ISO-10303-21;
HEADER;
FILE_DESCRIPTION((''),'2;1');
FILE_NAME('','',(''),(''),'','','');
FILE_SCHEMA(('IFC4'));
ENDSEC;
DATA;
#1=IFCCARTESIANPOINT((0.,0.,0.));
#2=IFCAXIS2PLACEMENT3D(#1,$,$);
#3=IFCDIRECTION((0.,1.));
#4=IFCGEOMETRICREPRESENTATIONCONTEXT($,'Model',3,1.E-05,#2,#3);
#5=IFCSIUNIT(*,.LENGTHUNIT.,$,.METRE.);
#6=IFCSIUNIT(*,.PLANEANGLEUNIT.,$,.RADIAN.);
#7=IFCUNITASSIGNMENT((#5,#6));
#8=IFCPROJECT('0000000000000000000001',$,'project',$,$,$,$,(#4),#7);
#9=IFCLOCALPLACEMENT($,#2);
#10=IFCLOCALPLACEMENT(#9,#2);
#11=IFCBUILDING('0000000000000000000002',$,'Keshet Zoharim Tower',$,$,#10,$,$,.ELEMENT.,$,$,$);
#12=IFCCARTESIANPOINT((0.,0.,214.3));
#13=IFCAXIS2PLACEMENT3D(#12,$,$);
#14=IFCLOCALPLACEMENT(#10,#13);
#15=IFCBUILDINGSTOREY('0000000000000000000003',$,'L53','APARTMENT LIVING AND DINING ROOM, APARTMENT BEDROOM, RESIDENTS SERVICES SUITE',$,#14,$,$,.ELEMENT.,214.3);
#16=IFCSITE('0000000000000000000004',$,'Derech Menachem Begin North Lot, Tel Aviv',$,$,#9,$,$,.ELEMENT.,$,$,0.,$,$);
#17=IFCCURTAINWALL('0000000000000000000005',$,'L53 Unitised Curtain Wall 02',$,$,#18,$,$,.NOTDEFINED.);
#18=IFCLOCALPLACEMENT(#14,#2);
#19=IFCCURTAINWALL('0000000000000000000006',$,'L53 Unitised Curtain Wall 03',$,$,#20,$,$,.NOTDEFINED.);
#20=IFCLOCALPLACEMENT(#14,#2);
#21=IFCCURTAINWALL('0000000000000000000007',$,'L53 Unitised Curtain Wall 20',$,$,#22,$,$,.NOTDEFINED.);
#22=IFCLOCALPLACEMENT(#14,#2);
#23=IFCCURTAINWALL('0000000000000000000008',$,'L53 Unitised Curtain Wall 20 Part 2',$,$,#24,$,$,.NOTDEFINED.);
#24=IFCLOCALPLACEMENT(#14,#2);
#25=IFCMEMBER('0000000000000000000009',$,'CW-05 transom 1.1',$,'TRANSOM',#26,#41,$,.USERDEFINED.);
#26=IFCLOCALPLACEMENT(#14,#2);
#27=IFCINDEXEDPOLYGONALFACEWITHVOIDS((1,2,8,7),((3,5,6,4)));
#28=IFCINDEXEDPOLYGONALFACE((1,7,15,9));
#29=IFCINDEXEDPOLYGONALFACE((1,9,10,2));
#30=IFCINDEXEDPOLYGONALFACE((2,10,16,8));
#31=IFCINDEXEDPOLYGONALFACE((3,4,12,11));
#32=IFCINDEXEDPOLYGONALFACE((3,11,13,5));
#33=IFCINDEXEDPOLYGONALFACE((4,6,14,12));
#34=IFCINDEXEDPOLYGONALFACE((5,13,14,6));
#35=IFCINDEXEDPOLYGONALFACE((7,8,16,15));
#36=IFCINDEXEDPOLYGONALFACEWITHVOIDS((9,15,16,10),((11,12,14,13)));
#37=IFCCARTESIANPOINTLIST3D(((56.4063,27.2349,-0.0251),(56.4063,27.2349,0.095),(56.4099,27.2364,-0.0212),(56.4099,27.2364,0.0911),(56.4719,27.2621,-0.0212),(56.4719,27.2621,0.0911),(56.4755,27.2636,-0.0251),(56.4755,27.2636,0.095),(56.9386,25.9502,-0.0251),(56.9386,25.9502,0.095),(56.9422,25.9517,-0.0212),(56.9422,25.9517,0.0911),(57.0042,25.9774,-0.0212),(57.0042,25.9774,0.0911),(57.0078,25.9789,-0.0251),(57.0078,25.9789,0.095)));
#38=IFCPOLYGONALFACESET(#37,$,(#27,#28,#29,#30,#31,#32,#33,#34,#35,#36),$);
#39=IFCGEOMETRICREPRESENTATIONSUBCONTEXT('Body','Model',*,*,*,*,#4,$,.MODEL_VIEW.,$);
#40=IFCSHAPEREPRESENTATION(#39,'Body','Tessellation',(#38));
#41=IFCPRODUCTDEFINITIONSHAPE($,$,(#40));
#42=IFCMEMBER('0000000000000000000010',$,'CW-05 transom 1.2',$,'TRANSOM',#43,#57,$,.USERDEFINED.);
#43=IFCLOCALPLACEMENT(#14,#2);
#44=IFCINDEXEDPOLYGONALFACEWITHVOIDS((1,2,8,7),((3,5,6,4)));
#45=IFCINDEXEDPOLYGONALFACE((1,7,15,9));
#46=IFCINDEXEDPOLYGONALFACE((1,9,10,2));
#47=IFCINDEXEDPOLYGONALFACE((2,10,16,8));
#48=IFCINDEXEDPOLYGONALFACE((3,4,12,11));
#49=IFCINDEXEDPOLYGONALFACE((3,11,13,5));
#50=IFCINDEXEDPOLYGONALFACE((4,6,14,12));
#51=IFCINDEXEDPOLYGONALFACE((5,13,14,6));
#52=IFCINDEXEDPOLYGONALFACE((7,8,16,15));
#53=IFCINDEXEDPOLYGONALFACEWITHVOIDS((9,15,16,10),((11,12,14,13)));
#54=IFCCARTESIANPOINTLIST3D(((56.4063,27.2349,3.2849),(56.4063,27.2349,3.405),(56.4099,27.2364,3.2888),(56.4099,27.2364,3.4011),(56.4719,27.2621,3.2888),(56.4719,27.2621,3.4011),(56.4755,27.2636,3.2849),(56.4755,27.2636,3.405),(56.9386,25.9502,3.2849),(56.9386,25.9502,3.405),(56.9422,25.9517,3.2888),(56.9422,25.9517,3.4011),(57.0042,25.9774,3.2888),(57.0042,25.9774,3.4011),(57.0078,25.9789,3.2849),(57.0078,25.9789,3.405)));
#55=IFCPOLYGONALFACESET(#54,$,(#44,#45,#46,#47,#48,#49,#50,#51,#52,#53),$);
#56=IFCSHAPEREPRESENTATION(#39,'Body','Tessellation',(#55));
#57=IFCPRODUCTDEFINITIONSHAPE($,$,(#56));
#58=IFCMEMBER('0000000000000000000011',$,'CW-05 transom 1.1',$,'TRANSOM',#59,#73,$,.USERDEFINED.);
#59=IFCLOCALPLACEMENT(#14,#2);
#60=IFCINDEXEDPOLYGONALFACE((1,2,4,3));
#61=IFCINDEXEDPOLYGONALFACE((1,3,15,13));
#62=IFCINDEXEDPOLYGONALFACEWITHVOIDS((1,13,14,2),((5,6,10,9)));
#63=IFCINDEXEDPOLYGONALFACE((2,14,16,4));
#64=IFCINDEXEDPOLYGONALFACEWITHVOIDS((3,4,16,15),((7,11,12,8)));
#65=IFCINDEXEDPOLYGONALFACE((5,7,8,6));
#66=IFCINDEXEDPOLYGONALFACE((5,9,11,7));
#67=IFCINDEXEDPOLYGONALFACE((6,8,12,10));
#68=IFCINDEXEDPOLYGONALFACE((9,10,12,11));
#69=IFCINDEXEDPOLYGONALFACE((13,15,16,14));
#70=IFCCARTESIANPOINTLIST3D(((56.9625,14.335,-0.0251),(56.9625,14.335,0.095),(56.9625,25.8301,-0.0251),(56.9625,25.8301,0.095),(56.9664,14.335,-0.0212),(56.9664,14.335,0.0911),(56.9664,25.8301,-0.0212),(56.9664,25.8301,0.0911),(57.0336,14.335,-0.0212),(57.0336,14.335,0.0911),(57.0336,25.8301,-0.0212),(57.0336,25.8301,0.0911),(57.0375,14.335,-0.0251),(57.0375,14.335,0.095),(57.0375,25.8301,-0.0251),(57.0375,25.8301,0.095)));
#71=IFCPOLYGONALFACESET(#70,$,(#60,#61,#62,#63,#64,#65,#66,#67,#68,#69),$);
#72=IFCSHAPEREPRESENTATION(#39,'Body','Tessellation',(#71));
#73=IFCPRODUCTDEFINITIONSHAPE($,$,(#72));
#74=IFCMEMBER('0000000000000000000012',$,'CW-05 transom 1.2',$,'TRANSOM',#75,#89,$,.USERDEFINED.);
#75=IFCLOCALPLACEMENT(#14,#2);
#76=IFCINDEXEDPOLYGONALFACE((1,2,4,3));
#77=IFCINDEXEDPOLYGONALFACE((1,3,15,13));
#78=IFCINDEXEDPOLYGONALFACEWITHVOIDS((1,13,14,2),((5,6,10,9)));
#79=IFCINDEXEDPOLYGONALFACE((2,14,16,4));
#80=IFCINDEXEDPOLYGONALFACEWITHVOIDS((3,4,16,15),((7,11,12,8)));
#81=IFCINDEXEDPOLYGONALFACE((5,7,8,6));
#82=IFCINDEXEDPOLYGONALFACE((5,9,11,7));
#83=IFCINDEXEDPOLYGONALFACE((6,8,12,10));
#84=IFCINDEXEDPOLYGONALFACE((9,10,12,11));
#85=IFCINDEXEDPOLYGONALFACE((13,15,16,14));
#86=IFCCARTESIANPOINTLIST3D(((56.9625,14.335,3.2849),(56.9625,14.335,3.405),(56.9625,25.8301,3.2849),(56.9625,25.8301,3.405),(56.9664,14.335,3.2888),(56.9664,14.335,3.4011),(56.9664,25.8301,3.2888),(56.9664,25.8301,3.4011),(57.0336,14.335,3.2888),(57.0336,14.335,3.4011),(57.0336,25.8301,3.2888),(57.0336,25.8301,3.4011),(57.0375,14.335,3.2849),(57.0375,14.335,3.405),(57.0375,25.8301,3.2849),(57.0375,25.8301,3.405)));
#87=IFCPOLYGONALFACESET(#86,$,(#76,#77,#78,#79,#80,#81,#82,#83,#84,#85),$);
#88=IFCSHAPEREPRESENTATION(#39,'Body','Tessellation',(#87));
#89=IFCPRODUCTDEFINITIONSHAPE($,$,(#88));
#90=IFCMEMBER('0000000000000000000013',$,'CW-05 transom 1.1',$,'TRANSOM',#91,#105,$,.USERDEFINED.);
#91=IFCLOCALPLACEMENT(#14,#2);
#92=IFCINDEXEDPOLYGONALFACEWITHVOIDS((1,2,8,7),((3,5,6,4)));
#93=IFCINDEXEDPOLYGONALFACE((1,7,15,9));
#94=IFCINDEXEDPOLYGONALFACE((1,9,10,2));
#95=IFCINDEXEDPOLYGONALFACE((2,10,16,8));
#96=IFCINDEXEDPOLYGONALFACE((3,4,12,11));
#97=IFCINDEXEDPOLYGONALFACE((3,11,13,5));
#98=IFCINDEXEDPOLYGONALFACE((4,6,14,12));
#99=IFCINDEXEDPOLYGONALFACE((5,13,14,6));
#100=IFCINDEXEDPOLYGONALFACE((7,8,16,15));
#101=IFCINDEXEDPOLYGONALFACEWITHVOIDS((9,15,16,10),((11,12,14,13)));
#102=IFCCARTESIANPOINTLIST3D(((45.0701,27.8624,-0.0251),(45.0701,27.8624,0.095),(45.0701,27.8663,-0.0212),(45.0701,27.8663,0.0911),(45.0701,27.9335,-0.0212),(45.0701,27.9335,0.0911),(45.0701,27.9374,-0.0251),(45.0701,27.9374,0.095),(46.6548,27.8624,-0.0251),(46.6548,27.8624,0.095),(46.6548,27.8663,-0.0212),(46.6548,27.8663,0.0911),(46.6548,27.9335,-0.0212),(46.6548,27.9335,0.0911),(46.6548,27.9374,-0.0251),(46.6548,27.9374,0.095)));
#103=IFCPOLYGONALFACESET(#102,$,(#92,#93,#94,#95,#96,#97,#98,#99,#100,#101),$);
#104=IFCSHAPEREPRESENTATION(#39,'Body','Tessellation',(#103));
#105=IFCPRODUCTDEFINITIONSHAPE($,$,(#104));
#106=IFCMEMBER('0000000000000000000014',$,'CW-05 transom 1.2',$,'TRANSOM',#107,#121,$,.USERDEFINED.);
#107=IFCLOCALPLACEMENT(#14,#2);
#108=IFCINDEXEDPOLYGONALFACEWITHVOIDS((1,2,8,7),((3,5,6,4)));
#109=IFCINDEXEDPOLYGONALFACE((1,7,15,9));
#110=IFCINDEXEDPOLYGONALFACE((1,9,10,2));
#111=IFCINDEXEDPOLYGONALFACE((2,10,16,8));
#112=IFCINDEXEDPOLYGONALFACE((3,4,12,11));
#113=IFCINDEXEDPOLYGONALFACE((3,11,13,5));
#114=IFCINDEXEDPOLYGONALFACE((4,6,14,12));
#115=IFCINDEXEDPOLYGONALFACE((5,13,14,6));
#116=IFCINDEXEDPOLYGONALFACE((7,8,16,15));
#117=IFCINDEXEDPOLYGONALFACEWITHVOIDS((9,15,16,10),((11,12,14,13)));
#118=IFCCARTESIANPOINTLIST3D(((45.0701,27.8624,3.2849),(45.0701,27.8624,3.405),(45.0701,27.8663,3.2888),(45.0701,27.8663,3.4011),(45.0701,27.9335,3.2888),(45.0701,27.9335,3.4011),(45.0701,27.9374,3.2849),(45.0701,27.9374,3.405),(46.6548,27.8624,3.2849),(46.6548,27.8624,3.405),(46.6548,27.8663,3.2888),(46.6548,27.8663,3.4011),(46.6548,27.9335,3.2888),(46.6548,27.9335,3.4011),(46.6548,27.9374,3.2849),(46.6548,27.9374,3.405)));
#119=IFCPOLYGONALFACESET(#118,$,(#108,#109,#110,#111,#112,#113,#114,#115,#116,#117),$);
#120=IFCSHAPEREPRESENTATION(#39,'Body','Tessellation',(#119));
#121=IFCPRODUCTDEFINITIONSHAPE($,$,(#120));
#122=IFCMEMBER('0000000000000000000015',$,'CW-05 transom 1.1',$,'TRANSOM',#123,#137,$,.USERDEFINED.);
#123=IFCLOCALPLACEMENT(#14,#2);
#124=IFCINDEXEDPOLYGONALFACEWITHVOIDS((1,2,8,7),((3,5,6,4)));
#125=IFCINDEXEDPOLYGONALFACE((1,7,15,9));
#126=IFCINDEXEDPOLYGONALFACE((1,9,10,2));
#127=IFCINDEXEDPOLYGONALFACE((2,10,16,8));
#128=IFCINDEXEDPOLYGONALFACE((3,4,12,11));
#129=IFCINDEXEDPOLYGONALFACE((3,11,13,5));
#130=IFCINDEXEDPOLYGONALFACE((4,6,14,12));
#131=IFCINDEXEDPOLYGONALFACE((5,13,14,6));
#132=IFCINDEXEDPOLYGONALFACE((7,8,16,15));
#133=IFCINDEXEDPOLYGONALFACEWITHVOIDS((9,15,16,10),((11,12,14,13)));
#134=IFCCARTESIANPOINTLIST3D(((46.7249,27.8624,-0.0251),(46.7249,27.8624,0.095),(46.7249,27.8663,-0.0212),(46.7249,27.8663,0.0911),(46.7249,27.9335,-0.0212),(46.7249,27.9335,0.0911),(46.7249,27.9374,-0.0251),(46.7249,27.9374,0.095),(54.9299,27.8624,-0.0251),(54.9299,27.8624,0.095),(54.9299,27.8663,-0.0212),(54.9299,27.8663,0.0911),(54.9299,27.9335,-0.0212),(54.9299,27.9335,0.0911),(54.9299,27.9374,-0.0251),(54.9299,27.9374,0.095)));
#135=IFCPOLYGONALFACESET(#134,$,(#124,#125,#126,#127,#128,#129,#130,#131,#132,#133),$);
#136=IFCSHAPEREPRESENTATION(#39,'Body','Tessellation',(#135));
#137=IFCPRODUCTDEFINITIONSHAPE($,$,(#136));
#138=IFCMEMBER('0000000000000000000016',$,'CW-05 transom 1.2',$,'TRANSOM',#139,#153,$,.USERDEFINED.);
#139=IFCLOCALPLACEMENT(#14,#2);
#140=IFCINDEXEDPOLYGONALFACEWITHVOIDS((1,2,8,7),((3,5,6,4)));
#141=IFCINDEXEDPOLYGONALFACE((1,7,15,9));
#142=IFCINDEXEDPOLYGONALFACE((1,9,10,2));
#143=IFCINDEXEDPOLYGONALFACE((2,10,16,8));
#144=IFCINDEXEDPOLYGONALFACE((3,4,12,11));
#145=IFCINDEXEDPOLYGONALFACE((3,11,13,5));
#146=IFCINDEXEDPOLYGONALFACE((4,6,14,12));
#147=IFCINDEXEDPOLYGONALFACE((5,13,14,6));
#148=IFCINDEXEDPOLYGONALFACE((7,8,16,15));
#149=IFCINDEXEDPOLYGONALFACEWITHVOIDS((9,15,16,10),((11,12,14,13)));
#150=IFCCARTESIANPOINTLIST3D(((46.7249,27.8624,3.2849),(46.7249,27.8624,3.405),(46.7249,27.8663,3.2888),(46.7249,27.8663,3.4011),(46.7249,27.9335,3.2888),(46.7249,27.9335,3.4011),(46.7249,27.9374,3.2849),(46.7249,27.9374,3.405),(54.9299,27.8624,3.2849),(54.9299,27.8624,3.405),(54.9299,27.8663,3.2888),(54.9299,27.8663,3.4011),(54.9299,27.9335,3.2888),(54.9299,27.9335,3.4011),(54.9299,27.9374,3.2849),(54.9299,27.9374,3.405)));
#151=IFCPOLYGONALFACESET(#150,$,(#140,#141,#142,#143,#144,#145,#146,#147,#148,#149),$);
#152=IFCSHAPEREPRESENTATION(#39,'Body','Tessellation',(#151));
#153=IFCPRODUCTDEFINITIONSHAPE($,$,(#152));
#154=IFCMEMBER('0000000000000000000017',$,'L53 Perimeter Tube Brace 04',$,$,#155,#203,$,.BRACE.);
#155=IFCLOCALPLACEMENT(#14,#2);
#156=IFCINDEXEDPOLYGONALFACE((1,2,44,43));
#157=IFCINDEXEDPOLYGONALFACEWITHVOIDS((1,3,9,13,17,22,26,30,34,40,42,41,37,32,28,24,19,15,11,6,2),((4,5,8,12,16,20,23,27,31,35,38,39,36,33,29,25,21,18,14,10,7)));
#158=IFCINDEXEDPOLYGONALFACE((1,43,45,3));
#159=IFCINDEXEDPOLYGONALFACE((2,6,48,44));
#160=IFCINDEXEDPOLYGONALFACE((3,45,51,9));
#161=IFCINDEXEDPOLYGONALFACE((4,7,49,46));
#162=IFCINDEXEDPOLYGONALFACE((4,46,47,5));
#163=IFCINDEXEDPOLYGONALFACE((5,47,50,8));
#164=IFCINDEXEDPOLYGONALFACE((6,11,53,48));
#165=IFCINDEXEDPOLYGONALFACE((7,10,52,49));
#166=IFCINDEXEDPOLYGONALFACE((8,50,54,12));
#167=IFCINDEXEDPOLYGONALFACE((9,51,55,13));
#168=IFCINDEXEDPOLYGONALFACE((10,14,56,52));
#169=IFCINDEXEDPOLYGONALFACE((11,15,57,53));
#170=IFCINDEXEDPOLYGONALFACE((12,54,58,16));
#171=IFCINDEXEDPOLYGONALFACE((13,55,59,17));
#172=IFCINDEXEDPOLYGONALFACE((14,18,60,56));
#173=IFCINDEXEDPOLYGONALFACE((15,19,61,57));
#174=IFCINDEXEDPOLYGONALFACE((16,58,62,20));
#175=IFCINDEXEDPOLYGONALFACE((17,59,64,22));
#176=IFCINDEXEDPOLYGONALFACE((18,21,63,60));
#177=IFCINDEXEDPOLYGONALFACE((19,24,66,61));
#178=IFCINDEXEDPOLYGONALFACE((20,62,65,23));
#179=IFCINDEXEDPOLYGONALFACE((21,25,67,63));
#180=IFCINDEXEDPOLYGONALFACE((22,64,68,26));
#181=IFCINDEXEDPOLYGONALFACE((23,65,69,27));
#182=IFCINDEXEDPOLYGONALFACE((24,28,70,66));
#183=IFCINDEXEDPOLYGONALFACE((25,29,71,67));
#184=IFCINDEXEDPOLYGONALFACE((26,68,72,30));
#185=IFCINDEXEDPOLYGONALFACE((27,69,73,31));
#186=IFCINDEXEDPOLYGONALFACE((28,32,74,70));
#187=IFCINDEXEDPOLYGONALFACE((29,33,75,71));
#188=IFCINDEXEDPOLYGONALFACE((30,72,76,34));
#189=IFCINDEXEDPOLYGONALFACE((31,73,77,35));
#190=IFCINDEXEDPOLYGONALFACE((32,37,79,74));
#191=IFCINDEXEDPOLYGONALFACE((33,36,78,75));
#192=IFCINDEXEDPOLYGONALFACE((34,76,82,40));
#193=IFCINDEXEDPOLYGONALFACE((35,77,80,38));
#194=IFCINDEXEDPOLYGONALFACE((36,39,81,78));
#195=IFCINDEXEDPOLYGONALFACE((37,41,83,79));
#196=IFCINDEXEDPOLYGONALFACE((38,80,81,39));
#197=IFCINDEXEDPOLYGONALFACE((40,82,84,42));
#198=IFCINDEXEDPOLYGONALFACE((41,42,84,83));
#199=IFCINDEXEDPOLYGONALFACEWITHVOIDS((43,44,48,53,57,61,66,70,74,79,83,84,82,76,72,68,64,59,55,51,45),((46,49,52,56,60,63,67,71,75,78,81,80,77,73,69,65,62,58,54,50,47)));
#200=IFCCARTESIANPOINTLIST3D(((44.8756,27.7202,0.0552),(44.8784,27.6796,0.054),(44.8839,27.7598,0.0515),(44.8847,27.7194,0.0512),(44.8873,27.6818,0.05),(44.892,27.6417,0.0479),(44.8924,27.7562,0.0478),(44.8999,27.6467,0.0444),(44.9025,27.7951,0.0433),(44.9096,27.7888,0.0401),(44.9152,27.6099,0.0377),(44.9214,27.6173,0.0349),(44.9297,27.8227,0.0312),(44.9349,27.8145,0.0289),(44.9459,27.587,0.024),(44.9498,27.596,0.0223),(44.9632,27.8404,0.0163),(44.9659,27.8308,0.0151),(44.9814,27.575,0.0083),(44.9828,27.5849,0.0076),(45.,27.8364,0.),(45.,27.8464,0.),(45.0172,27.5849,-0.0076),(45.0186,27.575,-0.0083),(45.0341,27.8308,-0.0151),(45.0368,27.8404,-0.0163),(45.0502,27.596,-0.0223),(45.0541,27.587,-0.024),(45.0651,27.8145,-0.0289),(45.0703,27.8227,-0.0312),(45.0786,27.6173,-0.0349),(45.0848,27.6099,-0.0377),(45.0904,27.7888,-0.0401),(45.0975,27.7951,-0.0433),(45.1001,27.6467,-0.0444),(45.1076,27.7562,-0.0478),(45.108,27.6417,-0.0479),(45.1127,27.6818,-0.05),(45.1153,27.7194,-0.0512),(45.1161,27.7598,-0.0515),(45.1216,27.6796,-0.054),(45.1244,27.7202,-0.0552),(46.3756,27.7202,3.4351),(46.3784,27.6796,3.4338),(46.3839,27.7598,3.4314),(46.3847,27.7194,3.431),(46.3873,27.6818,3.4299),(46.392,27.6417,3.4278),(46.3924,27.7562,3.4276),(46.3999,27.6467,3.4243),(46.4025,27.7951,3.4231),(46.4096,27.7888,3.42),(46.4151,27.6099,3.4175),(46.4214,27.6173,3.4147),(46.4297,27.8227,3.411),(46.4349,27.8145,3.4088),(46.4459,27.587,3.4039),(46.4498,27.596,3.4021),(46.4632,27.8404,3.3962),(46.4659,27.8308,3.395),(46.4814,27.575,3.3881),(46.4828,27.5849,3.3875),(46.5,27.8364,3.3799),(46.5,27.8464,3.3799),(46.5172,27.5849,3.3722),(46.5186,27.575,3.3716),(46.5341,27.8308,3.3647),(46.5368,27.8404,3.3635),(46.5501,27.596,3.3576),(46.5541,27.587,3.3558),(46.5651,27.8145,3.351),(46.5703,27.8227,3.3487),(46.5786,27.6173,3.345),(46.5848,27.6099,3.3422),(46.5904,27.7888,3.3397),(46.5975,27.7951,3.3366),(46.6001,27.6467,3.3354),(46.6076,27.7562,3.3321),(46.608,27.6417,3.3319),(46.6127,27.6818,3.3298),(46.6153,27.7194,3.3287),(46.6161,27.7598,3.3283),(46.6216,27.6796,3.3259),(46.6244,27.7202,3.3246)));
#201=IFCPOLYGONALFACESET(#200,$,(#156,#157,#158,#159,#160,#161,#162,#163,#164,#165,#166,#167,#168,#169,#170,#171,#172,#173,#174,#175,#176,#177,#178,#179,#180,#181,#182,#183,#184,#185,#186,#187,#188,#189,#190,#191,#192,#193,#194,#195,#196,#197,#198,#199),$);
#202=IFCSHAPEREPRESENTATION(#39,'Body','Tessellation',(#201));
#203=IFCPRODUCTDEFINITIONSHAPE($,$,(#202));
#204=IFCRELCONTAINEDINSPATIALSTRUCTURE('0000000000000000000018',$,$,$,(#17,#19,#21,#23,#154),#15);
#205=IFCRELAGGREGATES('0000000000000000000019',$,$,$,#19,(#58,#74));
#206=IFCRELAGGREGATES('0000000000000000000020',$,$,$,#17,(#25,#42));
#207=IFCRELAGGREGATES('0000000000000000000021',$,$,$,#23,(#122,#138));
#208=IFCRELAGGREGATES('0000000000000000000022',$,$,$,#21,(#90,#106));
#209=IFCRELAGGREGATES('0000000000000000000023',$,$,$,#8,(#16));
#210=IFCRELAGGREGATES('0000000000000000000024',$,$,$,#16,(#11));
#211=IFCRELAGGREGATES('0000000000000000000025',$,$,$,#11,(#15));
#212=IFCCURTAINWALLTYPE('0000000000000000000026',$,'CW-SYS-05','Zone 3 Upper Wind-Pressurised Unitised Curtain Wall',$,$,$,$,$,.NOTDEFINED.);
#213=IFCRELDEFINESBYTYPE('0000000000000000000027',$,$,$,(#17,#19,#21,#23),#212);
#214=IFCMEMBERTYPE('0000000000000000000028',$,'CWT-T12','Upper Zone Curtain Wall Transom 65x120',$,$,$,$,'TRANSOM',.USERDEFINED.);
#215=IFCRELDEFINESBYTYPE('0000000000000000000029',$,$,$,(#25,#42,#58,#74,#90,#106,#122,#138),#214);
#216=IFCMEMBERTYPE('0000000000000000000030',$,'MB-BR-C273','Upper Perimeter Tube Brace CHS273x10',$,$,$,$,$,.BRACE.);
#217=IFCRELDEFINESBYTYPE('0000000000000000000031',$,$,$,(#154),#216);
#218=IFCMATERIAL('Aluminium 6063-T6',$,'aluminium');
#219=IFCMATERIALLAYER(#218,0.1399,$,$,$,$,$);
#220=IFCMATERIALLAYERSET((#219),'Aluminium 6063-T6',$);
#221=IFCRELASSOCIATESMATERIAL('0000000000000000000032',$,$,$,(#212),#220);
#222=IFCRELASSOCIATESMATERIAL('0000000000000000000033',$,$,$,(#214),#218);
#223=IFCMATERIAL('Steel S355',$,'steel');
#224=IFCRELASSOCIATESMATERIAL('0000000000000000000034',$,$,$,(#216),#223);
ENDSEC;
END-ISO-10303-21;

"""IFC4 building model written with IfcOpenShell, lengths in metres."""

from ifc_helpers import new_model, si_unit, direction, frame, origin, origin_2d, place, context, subcontext, project, spatial, hollow_rectangle, hollow_circle, extrude, material, layer, layer_set, material_profile, profile_set, type_object, element, aggregate, save


model = new_model("IFC4")

# Units and contexts
model_context = context("Model", 3, precision=1e-05, world=origin(), true_north=direction((0.0, 1.0)))
body_context = subcontext(model_context, "Body", "Model", "MODEL_VIEW")
ifc_project = project(units=[si_unit("LENGTHUNIT", "METRE"), si_unit("PLANEANGLEUNIT", "RADIAN")], contexts=[model_context])

# Site, building, storey
site_placement = place(None, origin())
site = spatial("IfcSite", under=ifc_project, at=site_placement, Name="Derech Menachem Begin North Lot, Tel Aviv", CompositionType="ELEMENT", RefElevation=0.0)
building_placement = place(site_placement, origin())
building = spatial("IfcBuilding", under=site, at=building_placement, Name="Keshet Zoharim Tower", CompositionType="ELEMENT")
storey_placement = place(building_placement, frame((0.0, 0.0, 214.3)))
storey = spatial("IfcBuildingStorey", under=building, at=storey_placement, Name="L53", Description="APARTMENT LIVING AND DINING ROOM, APARTMENT BEDROOM, RESIDENTS SERVICES SUITE", CompositionType="ELEMENT", Elevation=214.3)

# Shared definitions
ifc_material_1 = material(Name="Steel S355", Category="steel")

# Curtain wall
ifc_material_2 = material(Name="Aluminium 6063-T6", Category="aluminium")
ifc_layer_1 = layer(ifc_material_2, 0.1399)
ifc_layer_set_1 = layer_set([ifc_layer_1], Name="Aluminium 6063-T6")
curtain_wall_type = type_object("IfcCurtainWallType", Name="CW-SYS-05", Description="Zone 3 Upper Wind-Pressurised Unitised Curtain Wall", PredefinedType="NOTDEFINED", material=ifc_layer_set_1)
curtain_wall_1_placement = place(storey_placement, origin())
curtain_wall_1 = element("IfcCurtainWall", 1, at=curtain_wall_1_placement, inside=storey, type_object=curtain_wall_type, Name="L53 Unitised Curtain Wall 02", PredefinedType="NOTDEFINED")

# Curtain wall
curtain_wall_2_placement = place(storey_placement, origin())
curtain_wall_2 = element("IfcCurtainWall", 2, at=curtain_wall_2_placement, inside=storey, type_object=curtain_wall_type, Name="L53 Unitised Curtain Wall 03", PredefinedType="NOTDEFINED")

# Curtain wall
curtain_wall_3_placement = place(storey_placement, origin())
curtain_wall_3 = element("IfcCurtainWall", 3, at=curtain_wall_3_placement, inside=storey, type_object=curtain_wall_type, Name="L53 Unitised Curtain Wall 20", PredefinedType="NOTDEFINED")

# Curtain wall
curtain_wall_4_placement = place(storey_placement, origin())
curtain_wall_4 = element("IfcCurtainWall", 4, at=curtain_wall_4_placement, inside=storey, type_object=curtain_wall_type, Name="L53 Unitised Curtain Wall 20 Part 2", PredefinedType="NOTDEFINED")

# Members
ifc_material_profile_1 = material_profile(ifc_material_2, hollow_rectangle(XDim=0.075, YDim=0.1201, WallThickness=0.0039, at=origin_2d()), Name="TRN-75x120")
ifc_profile_set_1 = profile_set([ifc_material_profile_1], Name="Aluminium 6063-T6")
member_type_1 = type_object("IfcMemberType", Name="CWT-T12", Description="Upper Zone Curtain Wall Transom 65x120", ElementType="TRANSOM", PredefinedType="USERDEFINED", material=ifc_profile_set_1)
member_1_placement = place(storey_placement, frame((56.4409, 27.2493, 0.0349), z_axis=(0.382745, -0.923854, 0.0), x_axis=(0.923854, 0.382745, 0.0)))
member_1 = element("IfcMember", 5, at=member_1_placement, type_object=member_type_1, Name="CW-05 transom 1.1", ObjectType="TRANSOM", PredefinedType="USERDEFINED", context=body_context, shape_type="SweptSolid", body=[
    extrude(hollow_rectangle(XDim=0.075, YDim=0.1201, WallThickness=0.0039, at=origin_2d()), origin(), (0.0, 0.0, 1.0), 1.3906),
])
member_2_placement = place(storey_placement, frame((56.4409, 27.2493, 3.345), z_axis=(0.382745, -0.923854, 0.0), x_axis=(0.923854, 0.382745, 0.0)))
member_2 = element("IfcMember", 6, at=member_2_placement, type_object=member_type_1, Name="CW-05 transom 1.2", ObjectType="TRANSOM", PredefinedType="USERDEFINED", context=body_context, shape_type="SweptSolid", body=[
    extrude(hollow_rectangle(XDim=0.075, YDim=0.1201, WallThickness=0.0039, at=origin_2d()), origin(), (0.0, 0.0, 1.0), 1.3906),
])
member_3_placement = place(storey_placement, frame((57.0, 25.8301, 0.0349), z_axis=(0.0, -1.0, 0.0), x_axis=(1.0, 0.0, 0.0)))
member_3 = element("IfcMember", 7, at=member_3_placement, type_object=member_type_1, Name="CW-05 transom 1.1", ObjectType="TRANSOM", PredefinedType="USERDEFINED", context=body_context, shape_type="SweptSolid", body=[
    extrude(hollow_rectangle(XDim=0.075, YDim=0.1201, WallThickness=0.0039, at=origin_2d()), origin(), (0.0, 0.0, 1.0), 11.4951),
])
member_4_placement = place(storey_placement, frame((57.0, 25.8301, 3.345), z_axis=(0.0, -1.0, 0.0), x_axis=(1.0, 0.0, 0.0)))
member_4 = element("IfcMember", 8, at=member_4_placement, type_object=member_type_1, Name="CW-05 transom 1.2", ObjectType="TRANSOM", PredefinedType="USERDEFINED", context=body_context, shape_type="SweptSolid", body=[
    extrude(hollow_rectangle(XDim=0.075, YDim=0.1201, WallThickness=0.0039, at=origin_2d()), origin(), (0.0, 0.0, 1.0), 11.4951),
])
aggregate(curtain_wall_2, [member_3, member_4])
member_5_placement = place(storey_placement, frame((45.0701, 27.8999, 0.0349), z_axis=(1.0, 0.0, 0.0), x_axis=(0.0, 1.0, 0.0)))
member_5 = element("IfcMember", 9, at=member_5_placement, type_object=member_type_1, Name="CW-05 transom 1.1", ObjectType="TRANSOM", PredefinedType="USERDEFINED", context=body_context, shape_type="SweptSolid", body=[
    extrude(hollow_rectangle(XDim=0.075, YDim=0.1201, WallThickness=0.0039, at=origin_2d()), origin(), (0.0, 0.0, 1.0), 1.5847),
])
member_6_placement = place(storey_placement, frame((45.0701, 27.8999, 3.345), z_axis=(1.0, 0.0, 0.0), x_axis=(0.0, 1.0, 0.0)))
member_6 = element("IfcMember", 10, at=member_6_placement, type_object=member_type_1, Name="CW-05 transom 1.2", ObjectType="TRANSOM", PredefinedType="USERDEFINED", context=body_context, shape_type="SweptSolid", body=[
    extrude(hollow_rectangle(XDim=0.075, YDim=0.1201, WallThickness=0.0039, at=origin_2d()), origin(), (0.0, 0.0, 1.0), 1.5847),
])
member_7_placement = place(storey_placement, frame((46.7249, 27.8999, 0.0349), z_axis=(1.0, 0.0, 0.0), x_axis=(0.0, 1.0, 0.0)))
member_7 = element("IfcMember", 11, at=member_7_placement, type_object=member_type_1, Name="CW-05 transom 1.1", ObjectType="TRANSOM", PredefinedType="USERDEFINED", context=body_context, shape_type="SweptSolid", body=[
    extrude(hollow_rectangle(XDim=0.075, YDim=0.1201, WallThickness=0.0039, at=origin_2d()), origin(), (0.0, 0.0, 1.0), 8.2051),
])
member_8_placement = place(storey_placement, frame((46.7249, 27.8999, 3.345), z_axis=(1.0, 0.0, 0.0), x_axis=(0.0, 1.0, 0.0)))
member_8 = element("IfcMember", 12, at=member_8_placement, type_object=member_type_1, Name="CW-05 transom 1.2", ObjectType="TRANSOM", PredefinedType="USERDEFINED", context=body_context, shape_type="SweptSolid", body=[
    extrude(hollow_rectangle(XDim=0.075, YDim=0.1201, WallThickness=0.0039, at=origin_2d()), origin(), (0.0, 0.0, 1.0), 8.2051),
])
ifc_material_profile_2 = material_profile(ifc_material_1, hollow_circle(Radius=0.1365, WallThickness=0.01, at=origin_2d()), Name="CHS273x10")
ifc_profile_set_2 = profile_set([ifc_material_profile_2], Name="Steel S355")
member_type_2 = type_object("IfcMemberType", Name="MB-BR-C273", Description="Upper Perimeter Tube Brace CHS273x10", PredefinedType="BRACE", material=ifc_profile_set_2)
member_9_placement = place(storey_placement, frame((45.0, 27.71, 0.0), z_axis=(0.405648, 0.0, 0.914029), x_axis=(0.0, 1.0, 0.0)))
element("IfcMember", 13, at=member_9_placement, inside=storey, type_object=member_type_2, Name="L53 Perimeter Tube Brace 04", PredefinedType="BRACE", context=body_context, shape_type="SweptSolid", body=[
    extrude(hollow_circle(Radius=0.1365, WallThickness=0.01, at=origin_2d()), origin(), (0.0, 0.0, 1.0), 3.6978),
])

aggregate(curtain_wall_1, [member_1, member_2])
aggregate(curtain_wall_4, [member_7, member_8])
aggregate(curtain_wall_3, [member_5, member_6])

save(model, "model.ifc")
